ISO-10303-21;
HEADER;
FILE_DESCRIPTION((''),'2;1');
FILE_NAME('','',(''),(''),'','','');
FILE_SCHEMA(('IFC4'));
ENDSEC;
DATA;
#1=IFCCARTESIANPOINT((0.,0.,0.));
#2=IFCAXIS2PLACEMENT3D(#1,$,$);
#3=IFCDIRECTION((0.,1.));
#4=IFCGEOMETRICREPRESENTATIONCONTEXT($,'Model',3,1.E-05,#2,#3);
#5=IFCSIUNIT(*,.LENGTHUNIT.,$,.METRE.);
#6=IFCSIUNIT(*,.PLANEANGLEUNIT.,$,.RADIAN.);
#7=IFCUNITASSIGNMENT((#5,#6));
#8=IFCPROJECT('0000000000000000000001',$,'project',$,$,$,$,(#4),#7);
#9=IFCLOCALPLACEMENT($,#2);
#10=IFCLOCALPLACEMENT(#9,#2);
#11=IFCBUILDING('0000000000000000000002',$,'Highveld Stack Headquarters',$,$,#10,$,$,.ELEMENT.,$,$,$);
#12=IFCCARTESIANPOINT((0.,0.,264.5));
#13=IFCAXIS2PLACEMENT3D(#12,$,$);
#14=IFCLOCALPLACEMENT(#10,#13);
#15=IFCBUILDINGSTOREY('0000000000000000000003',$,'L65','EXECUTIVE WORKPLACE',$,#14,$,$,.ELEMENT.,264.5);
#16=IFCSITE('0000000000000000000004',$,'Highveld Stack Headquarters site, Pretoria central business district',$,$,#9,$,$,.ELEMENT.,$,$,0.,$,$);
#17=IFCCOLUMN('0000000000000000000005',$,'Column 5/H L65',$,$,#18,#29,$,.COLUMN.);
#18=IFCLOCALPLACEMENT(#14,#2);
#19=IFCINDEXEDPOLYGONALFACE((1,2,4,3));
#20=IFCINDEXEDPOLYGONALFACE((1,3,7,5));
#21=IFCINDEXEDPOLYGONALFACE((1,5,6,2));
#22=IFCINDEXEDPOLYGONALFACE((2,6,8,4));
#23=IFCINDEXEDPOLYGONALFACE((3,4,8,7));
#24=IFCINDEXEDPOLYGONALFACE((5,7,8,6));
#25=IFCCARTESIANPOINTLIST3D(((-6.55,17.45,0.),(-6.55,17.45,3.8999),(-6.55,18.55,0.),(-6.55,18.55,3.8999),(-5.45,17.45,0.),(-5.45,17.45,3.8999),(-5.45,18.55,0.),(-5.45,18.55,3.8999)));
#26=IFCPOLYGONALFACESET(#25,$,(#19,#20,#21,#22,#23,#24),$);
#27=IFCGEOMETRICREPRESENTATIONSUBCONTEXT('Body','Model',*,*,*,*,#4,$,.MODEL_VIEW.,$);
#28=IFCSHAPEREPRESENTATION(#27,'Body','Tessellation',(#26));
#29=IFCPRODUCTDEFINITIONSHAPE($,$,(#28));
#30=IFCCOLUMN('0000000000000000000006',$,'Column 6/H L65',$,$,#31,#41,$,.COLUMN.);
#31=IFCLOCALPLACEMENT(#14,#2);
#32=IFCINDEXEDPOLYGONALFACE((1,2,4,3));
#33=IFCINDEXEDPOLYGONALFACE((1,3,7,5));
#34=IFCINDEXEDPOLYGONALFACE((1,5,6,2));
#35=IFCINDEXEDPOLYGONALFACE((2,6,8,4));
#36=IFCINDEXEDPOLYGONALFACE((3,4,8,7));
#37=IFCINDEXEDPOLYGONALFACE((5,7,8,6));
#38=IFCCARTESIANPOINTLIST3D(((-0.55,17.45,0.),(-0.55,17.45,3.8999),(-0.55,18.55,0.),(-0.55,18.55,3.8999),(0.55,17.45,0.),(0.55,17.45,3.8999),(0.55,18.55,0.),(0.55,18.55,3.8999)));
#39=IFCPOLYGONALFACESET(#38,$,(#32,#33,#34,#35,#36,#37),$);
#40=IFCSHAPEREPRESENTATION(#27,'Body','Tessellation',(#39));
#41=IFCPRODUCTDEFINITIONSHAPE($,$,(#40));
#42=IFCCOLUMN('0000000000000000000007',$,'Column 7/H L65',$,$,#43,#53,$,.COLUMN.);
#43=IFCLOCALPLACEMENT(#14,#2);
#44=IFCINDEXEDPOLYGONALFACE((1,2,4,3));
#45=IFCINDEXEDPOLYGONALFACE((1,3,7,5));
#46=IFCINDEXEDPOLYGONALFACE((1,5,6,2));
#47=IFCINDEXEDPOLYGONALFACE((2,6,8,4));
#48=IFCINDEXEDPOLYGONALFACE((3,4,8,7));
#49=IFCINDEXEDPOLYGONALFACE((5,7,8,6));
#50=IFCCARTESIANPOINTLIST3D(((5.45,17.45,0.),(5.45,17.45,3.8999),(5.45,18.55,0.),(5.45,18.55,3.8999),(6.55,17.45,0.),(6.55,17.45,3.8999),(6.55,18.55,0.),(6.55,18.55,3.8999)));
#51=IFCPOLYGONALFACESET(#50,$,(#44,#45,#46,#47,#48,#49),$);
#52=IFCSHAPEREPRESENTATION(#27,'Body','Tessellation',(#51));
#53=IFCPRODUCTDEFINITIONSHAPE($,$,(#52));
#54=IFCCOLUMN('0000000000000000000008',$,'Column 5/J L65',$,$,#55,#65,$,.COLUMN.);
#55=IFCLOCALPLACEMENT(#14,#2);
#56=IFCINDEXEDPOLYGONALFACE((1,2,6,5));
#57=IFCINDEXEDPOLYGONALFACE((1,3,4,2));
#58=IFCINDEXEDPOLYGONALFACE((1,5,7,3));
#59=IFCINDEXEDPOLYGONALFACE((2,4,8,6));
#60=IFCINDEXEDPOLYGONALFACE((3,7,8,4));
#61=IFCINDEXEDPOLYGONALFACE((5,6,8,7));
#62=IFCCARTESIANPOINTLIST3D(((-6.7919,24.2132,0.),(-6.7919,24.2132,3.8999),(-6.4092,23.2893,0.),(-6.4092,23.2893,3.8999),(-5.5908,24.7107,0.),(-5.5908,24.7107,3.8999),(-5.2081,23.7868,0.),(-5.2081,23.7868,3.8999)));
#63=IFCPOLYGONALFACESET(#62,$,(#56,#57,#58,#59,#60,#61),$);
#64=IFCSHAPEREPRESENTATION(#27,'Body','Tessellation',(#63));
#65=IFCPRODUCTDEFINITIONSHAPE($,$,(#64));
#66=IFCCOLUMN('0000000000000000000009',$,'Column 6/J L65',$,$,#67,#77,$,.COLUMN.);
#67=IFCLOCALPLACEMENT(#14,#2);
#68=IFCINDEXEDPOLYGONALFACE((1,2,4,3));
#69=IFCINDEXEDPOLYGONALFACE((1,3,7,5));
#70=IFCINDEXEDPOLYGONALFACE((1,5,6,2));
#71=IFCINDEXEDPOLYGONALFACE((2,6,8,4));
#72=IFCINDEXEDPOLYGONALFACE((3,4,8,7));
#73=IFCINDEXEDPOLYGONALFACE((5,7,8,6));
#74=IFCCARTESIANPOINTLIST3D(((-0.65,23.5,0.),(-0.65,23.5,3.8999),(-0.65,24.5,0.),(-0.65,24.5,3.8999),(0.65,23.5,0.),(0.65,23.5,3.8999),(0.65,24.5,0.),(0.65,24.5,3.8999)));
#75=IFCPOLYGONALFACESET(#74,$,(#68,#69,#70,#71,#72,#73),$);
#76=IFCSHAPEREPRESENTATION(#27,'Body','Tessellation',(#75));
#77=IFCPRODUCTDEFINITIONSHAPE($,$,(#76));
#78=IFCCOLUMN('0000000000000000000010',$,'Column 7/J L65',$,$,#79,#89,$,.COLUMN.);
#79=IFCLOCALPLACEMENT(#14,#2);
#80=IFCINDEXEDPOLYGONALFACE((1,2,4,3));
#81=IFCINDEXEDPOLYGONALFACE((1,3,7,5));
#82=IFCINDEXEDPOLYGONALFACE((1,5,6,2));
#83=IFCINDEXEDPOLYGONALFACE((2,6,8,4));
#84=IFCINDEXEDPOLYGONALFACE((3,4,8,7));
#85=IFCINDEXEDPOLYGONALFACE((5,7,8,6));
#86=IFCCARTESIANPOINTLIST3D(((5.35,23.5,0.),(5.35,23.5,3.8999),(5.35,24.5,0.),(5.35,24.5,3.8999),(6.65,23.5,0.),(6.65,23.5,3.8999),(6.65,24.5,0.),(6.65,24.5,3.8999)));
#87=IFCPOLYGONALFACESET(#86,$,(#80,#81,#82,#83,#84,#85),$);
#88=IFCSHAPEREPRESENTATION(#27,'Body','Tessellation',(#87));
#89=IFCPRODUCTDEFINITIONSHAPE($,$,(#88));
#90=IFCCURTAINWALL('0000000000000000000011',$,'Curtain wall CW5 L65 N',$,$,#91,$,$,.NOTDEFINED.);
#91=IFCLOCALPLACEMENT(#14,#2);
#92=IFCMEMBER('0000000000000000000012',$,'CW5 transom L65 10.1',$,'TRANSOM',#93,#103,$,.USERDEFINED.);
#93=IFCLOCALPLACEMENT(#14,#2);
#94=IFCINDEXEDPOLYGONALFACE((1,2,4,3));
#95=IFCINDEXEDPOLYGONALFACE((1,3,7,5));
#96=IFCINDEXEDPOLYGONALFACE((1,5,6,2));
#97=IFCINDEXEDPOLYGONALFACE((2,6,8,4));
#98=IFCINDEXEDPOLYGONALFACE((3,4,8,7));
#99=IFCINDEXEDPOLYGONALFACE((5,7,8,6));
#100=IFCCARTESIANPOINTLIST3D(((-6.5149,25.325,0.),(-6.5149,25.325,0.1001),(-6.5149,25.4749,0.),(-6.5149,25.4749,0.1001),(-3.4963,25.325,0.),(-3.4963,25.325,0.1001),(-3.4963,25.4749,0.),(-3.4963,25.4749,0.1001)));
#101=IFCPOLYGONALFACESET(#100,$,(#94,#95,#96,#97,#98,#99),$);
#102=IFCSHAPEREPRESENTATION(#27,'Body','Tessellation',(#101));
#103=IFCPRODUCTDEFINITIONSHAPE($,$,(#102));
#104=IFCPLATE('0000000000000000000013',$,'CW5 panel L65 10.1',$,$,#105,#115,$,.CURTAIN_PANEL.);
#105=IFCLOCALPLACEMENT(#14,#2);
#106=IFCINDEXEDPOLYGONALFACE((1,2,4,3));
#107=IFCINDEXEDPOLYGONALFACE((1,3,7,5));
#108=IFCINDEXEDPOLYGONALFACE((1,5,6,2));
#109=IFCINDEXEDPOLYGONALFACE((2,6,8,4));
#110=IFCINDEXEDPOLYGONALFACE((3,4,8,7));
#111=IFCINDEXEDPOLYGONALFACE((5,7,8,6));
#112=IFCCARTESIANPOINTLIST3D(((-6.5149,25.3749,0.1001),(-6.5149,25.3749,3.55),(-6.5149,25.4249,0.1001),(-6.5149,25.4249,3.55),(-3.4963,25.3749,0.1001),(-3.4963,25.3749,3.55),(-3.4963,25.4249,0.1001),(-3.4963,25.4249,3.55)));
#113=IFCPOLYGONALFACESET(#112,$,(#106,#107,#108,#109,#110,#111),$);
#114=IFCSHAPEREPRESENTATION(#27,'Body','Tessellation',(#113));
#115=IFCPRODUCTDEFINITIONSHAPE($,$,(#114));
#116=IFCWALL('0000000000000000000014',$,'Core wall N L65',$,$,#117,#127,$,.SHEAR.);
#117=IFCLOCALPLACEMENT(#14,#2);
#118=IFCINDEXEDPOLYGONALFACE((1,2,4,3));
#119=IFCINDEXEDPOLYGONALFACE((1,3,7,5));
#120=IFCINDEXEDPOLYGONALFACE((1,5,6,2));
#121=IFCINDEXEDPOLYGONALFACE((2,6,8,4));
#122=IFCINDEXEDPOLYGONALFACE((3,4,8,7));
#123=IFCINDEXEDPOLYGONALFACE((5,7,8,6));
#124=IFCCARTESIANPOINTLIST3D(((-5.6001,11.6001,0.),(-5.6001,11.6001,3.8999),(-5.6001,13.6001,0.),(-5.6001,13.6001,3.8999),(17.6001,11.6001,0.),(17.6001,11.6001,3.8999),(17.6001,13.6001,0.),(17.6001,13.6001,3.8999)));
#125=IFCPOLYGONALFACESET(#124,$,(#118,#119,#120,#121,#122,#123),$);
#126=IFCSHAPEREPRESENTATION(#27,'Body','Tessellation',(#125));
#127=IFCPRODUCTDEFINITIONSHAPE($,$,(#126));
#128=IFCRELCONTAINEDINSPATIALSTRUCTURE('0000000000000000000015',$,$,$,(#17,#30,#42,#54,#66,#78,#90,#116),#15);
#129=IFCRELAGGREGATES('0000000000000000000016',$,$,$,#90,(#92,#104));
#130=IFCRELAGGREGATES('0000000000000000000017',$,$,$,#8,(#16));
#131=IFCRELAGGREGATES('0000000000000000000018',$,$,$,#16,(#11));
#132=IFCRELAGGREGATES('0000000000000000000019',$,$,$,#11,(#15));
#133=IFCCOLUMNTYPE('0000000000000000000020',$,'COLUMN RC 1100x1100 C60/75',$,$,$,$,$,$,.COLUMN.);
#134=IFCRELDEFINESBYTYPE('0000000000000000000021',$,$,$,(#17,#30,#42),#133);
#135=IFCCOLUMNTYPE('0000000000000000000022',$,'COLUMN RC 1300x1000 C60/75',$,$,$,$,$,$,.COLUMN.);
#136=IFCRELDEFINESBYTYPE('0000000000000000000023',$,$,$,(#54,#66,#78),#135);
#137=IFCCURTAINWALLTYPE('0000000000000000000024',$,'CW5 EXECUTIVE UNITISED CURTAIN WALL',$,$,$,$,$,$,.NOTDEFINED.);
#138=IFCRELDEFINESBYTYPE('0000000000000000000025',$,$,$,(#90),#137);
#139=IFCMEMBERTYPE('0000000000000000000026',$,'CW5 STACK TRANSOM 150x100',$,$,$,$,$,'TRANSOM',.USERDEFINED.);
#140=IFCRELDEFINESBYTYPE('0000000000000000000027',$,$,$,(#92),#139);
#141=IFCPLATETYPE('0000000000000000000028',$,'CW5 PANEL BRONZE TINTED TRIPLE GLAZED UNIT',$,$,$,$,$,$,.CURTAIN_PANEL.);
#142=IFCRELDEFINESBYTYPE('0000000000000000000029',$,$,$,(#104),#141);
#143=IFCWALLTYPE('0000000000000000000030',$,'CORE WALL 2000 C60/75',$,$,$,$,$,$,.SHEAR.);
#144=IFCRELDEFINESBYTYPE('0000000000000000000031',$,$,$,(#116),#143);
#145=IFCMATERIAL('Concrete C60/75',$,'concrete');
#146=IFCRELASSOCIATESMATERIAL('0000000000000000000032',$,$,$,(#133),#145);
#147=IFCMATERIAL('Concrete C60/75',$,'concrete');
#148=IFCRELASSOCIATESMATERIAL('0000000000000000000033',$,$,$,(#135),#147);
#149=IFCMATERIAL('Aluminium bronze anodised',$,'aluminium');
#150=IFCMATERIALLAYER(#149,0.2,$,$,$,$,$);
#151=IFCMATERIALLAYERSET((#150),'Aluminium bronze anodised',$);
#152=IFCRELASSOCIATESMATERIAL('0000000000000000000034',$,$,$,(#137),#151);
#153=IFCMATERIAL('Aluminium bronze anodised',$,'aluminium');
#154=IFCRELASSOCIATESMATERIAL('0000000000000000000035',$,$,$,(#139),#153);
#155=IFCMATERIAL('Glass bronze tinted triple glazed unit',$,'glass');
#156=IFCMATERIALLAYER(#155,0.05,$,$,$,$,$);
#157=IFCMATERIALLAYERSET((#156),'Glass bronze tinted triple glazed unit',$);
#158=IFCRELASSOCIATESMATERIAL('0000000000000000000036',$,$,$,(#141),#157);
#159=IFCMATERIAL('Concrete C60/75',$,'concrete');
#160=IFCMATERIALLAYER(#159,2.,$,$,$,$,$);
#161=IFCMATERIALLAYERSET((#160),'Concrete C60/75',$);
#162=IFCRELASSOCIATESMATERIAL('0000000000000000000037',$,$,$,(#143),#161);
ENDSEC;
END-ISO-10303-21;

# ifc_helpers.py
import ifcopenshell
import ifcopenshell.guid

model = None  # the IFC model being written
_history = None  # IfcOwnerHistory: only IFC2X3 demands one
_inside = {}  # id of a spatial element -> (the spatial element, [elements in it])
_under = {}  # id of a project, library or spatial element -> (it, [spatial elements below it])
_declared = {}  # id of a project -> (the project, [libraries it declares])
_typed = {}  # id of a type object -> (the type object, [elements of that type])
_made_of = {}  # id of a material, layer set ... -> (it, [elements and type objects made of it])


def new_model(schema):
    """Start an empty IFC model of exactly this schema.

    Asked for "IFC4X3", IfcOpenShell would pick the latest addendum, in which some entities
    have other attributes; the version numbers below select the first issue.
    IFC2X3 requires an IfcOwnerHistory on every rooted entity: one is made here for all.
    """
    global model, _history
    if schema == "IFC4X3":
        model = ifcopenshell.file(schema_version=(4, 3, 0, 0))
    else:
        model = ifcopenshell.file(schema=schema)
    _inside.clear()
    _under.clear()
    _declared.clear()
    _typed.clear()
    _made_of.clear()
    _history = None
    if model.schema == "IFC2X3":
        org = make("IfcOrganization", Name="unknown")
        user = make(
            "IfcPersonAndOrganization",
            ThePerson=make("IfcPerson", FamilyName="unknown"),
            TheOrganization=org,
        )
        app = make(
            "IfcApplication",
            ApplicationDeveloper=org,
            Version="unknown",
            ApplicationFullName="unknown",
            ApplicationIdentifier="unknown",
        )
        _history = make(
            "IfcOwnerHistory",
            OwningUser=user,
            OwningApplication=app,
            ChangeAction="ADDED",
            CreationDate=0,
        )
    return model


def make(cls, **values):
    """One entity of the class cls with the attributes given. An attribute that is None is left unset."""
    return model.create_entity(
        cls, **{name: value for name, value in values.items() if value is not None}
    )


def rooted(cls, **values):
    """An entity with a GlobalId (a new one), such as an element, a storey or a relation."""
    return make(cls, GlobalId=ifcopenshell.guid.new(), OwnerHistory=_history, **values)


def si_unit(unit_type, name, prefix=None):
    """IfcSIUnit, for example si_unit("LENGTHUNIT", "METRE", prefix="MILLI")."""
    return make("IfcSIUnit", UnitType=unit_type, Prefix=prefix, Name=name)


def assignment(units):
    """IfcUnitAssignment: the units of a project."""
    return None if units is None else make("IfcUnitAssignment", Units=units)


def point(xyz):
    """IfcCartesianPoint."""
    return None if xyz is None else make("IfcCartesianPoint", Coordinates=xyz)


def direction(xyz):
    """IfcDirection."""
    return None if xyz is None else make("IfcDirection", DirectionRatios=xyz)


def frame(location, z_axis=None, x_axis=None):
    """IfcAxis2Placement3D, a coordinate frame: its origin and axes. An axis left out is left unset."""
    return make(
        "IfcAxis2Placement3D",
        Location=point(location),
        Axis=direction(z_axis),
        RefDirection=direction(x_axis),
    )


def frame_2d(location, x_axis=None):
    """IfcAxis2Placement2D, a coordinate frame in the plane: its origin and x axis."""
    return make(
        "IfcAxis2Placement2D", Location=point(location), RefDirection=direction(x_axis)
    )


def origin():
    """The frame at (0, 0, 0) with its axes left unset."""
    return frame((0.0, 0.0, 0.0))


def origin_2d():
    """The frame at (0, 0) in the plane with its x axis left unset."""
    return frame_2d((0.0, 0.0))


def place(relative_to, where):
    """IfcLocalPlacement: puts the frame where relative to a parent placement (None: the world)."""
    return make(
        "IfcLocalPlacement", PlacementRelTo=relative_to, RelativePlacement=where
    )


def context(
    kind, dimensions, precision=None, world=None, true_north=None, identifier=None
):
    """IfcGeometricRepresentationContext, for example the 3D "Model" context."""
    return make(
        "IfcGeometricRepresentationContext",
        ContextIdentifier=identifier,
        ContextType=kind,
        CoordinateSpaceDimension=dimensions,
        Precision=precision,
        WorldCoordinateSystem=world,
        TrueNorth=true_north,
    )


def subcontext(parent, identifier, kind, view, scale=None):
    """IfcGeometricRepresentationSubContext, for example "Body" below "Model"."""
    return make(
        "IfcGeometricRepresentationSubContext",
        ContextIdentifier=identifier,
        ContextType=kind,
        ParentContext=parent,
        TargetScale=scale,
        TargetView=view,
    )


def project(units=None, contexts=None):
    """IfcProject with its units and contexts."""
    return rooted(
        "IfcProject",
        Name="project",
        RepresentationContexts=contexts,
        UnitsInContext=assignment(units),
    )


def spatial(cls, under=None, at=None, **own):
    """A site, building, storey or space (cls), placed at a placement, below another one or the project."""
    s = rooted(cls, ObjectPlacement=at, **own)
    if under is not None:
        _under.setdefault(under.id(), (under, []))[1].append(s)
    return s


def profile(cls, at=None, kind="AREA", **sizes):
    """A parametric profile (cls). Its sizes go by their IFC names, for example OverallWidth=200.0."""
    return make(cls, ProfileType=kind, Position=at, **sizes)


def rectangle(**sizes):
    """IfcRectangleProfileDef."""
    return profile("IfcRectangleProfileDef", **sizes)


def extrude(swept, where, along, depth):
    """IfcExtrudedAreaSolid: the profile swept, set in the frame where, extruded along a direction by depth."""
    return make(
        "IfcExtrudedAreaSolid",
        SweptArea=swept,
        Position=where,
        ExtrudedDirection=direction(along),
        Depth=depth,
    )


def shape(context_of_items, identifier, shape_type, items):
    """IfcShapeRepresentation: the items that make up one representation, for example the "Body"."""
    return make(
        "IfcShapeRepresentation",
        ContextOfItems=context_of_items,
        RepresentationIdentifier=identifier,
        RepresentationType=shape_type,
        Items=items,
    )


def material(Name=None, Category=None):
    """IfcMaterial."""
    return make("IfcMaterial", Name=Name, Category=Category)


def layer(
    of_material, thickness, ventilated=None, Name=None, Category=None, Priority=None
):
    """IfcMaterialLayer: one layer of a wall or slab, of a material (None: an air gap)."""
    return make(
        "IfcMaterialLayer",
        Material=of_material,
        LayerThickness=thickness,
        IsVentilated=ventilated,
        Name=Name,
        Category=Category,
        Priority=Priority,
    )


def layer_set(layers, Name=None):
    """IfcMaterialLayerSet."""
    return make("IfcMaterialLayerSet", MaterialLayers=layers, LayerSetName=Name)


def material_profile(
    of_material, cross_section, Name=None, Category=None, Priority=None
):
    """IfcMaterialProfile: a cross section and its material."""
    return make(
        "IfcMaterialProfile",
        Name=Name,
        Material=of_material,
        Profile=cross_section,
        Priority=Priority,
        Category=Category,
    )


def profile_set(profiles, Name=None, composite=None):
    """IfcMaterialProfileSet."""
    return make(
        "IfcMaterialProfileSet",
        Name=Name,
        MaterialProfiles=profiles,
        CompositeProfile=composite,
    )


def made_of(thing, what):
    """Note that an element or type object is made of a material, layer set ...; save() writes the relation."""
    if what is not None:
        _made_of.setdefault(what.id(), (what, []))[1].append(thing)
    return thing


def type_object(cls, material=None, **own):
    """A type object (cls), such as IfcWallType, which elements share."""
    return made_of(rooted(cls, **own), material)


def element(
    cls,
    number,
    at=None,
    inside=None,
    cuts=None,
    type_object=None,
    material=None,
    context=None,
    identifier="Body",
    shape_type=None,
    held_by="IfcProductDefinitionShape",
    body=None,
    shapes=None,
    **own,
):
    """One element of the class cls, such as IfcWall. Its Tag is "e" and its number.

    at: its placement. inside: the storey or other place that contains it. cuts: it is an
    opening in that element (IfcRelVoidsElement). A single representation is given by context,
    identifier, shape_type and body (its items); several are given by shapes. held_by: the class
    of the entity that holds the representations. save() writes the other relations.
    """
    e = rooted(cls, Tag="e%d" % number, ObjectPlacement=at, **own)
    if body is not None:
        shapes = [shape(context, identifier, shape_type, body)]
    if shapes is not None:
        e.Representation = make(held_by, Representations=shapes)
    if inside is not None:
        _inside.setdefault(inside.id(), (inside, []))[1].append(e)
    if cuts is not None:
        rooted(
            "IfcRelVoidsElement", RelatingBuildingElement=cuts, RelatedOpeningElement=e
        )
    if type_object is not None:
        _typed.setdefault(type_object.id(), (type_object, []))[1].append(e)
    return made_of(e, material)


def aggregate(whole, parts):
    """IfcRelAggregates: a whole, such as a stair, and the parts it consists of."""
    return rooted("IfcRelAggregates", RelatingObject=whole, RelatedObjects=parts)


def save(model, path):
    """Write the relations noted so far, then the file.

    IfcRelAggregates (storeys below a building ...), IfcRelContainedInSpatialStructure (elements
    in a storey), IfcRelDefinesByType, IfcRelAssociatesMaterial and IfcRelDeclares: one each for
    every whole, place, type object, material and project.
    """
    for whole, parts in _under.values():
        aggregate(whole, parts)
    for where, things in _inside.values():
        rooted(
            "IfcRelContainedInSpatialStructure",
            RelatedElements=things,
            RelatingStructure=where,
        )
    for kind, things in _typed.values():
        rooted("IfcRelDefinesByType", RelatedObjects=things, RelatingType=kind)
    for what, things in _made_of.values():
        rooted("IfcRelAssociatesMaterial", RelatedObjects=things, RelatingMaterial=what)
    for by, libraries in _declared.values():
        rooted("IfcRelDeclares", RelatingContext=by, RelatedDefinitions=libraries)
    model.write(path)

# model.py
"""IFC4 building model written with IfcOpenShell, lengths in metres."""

from ifc_helpers import new_model, si_unit, direction, frame, frame_2d, origin, origin_2d, place, context, subcontext, project, spatial, rectangle, extrude, material, layer, layer_set, material_profile, profile_set, type_object, element, aggregate, save


model = new_model("IFC4")

# Units and contexts
model_context = context("Model", 3, precision=1e-05, world=origin(), true_north=direction((0.0, 1.0)))
body_context = subcontext(model_context, "Body", "Model", "MODEL_VIEW")
ifc_project = project(units=[si_unit("LENGTHUNIT", "METRE"), si_unit("PLANEANGLEUNIT", "RADIAN")], contexts=[model_context])

# Site, building, storey
site_placement = place(None, origin())
site = spatial("IfcSite", under=ifc_project, at=site_placement, Name="Highveld Stack Headquarters site, Pretoria central business district", CompositionType="ELEMENT", RefElevation=0.0)
building_placement = place(site_placement, origin())
building = spatial("IfcBuilding", under=site, at=building_placement, Name="Highveld Stack Headquarters", CompositionType="ELEMENT")
storey_placement = place(building_placement, frame((0.0, 0.0, 264.5)))
storey = spatial("IfcBuildingStorey", under=building, at=storey_placement, Name="L65", Description="EXECUTIVE WORKPLACE", CompositionType="ELEMENT", Elevation=264.5)

# Columns
ifc_material_1 = material(Name="Concrete C60/75", Category="concrete")
ifc_material_profile_1 = material_profile(ifc_material_1, rectangle(XDim=1.1001, YDim=1.1001, at=origin_2d()), Name="RC 1100x1100")
ifc_profile_set_1 = profile_set([ifc_material_profile_1], Name="Concrete C60/75")
column_type_1 = type_object("IfcColumnType", Name="COLUMN RC 1100x1100 C60/75", PredefinedType="COLUMN", material=ifc_profile_set_1)
for number, where, z_axis, x_axis, name in (
    (1, (-6.0, 18.0, 0.0), (0.0, 0.0, 1.0), (1.0, 0.0, 0.0), "Column 5/H L65"),
    (2, (0.0, 18.0, 0.0), (0.0, 0.0, 1.0), (1.0, 0.0, 0.0), "Column 6/H L65"),
    (3, (6.0, 18.0, 0.0), (0.0, 0.0, 1.0), (1.0, 0.0, 0.0), "Column 7/H L65"),
):
    element("IfcColumn", number, at=place(storey_placement, frame(where, z_axis=z_axis, x_axis=x_axis)), inside=storey, type_object=column_type_1, Name=name, PredefinedType="COLUMN", context=body_context, shape_type="SweptSolid", body=[
        extrude(rectangle(XDim=1.1001, YDim=1.1001, at=origin_2d()), origin(), (0.0, 0.0, 1.0), 3.8999),
    ])
ifc_material_2 = material(Name="Concrete C60/75", Category="concrete")
ifc_material_profile_2 = material_profile(ifc_material_2, rectangle(XDim=1.3, YDim=1.0, at=origin_2d()), Name="RC 1300x1000")
ifc_profile_set_2 = profile_set([ifc_material_profile_2], Name="Concrete C60/75")
column_type_2 = type_object("IfcColumnType", Name="COLUMN RC 1300x1000 C60/75", PredefinedType="COLUMN", material=ifc_profile_set_2)
for number, where, z_axis, x_axis, name in (
    (4, (-6.0, 24.0, 0.0), (0.0, 0.0, 1.0), (0.92388, 0.382683, 0.0), "Column 5/J L65"),
    (5, (0.0, 24.0, 0.0), (0.0, 0.0, 1.0), (1.0, 0.0, 0.0), "Column 6/J L65"),
    (6, (6.0, 24.0, 0.0), (0.0, 0.0, 1.0), (1.0, 0.0, 0.0), "Column 7/J L65"),
):
    element("IfcColumn", number, at=place(storey_placement, frame(where, z_axis=z_axis, x_axis=x_axis)), inside=storey, type_object=column_type_2, Name=name, PredefinedType="COLUMN", context=body_context, shape_type="SweptSolid", body=[
        extrude(rectangle(XDim=1.3, YDim=1.0, at=origin_2d()), origin(), (0.0, 0.0, 1.0), 3.8999),
    ])

# Curtain wall, member, plate
ifc_material_3 = material(Name="Aluminium bronze anodised", Category="aluminium")
ifc_layer_1 = layer(ifc_material_3, 0.2)
ifc_layer_set_1 = layer_set([ifc_layer_1], Name="Aluminium bronze anodised")
curtain_wall_type = type_object("IfcCurtainWallType", Name="CW5 EXECUTIVE UNITISED CURTAIN WALL", PredefinedType="NOTDEFINED", material=ifc_layer_set_1)
curtain_wall_placement = place(storey_placement, origin())
curtain_wall = element("IfcCurtainWall", 7, at=curtain_wall_placement, inside=storey, type_object=curtain_wall_type, Name="Curtain wall CW5 L65 N", PredefinedType="NOTDEFINED")
ifc_material_4 = material(Name="Aluminium bronze anodised", Category="aluminium")
ifc_material_profile_3 = material_profile(ifc_material_4, rectangle(XDim=0.1499, YDim=0.1001, at=origin_2d()), Name="CW5 TRANSOM 150x100")
ifc_profile_set_3 = profile_set([ifc_material_profile_3], Name="Aluminium bronze anodised")
member_type = type_object("IfcMemberType", Name="CW5 STACK TRANSOM 150x100", ElementType="TRANSOM", PredefinedType="USERDEFINED", material=ifc_profile_set_3)
member_placement = place(storey_placement, frame((-3.4963, 25.3999, 0.05), z_axis=(-1.0, 0.0, 0.0), x_axis=(0.0, -1.0, 0.0)))
member = element("IfcMember", 8, at=member_placement, type_object=member_type, Name="CW5 transom L65 10.1", ObjectType="TRANSOM", PredefinedType="USERDEFINED", context=body_context, shape_type="SweptSolid", body=[
    extrude(rectangle(XDim=0.1499, YDim=0.1001, at=origin_2d()), origin(), (0.0, 0.0, 1.0), 3.0186),
])
ifc_material_5 = material(Name="Glass bronze tinted triple glazed unit", Category="glass")
ifc_layer_2 = layer(ifc_material_5, 0.05)
ifc_layer_set_2 = layer_set([ifc_layer_2], Name="Glass bronze tinted triple glazed unit")
plate_type = type_object("IfcPlateType", Name="CW5 PANEL BRONZE TINTED TRIPLE GLAZED UNIT", PredefinedType="CURTAIN_PANEL", material=ifc_layer_set_2)
plate_placement = place(storey_placement, frame((-5.0056, 25.3999, 0.1001), z_axis=(0.0, 0.0, 1.0), x_axis=(-1.0, 0.0, 0.0)))
plate = element("IfcPlate", 9, at=plate_placement, type_object=plate_type, Name="CW5 panel L65 10.1", PredefinedType="CURTAIN_PANEL", context=body_context, shape_type="SweptSolid", body=[
    extrude(rectangle(XDim=3.0186, YDim=0.05, at=origin_2d()), origin(), (0.0, 0.0, 1.0), 3.45),
])
aggregate(curtain_wall, [member, plate])

# Wall
ifc_material_6 = material(Name="Concrete C60/75", Category="concrete")
ifc_layer_3 = layer(ifc_material_6, 2.0)
ifc_layer_set_3 = layer_set([ifc_layer_3], Name="Concrete C60/75")
wall_type_1 = type_object("IfcWallType", Name="CORE WALL 2000 C60/75", PredefinedType="SHEAR", material=ifc_layer_set_3)
wall_1_placement = place(storey_placement, frame((-5.6001, 12.6001, 0.0), z_axis=(0.0, 0.0, 1.0), x_axis=(1.0, 0.0, 0.0)))
element("IfcWall", 10, at=wall_1_placement, inside=storey, type_object=wall_type_1, Name="Core wall N L65", PredefinedType="SHEAR", context=body_context, shape_type="SweptSolid", body=[
    extrude(rectangle(XDim=23.2002, YDim=2.0, at=frame_2d((11.6001, 0.0))), origin(), (0.0, 0.0, 1.0), 3.8999),
])

save(model, "model.ifc")
